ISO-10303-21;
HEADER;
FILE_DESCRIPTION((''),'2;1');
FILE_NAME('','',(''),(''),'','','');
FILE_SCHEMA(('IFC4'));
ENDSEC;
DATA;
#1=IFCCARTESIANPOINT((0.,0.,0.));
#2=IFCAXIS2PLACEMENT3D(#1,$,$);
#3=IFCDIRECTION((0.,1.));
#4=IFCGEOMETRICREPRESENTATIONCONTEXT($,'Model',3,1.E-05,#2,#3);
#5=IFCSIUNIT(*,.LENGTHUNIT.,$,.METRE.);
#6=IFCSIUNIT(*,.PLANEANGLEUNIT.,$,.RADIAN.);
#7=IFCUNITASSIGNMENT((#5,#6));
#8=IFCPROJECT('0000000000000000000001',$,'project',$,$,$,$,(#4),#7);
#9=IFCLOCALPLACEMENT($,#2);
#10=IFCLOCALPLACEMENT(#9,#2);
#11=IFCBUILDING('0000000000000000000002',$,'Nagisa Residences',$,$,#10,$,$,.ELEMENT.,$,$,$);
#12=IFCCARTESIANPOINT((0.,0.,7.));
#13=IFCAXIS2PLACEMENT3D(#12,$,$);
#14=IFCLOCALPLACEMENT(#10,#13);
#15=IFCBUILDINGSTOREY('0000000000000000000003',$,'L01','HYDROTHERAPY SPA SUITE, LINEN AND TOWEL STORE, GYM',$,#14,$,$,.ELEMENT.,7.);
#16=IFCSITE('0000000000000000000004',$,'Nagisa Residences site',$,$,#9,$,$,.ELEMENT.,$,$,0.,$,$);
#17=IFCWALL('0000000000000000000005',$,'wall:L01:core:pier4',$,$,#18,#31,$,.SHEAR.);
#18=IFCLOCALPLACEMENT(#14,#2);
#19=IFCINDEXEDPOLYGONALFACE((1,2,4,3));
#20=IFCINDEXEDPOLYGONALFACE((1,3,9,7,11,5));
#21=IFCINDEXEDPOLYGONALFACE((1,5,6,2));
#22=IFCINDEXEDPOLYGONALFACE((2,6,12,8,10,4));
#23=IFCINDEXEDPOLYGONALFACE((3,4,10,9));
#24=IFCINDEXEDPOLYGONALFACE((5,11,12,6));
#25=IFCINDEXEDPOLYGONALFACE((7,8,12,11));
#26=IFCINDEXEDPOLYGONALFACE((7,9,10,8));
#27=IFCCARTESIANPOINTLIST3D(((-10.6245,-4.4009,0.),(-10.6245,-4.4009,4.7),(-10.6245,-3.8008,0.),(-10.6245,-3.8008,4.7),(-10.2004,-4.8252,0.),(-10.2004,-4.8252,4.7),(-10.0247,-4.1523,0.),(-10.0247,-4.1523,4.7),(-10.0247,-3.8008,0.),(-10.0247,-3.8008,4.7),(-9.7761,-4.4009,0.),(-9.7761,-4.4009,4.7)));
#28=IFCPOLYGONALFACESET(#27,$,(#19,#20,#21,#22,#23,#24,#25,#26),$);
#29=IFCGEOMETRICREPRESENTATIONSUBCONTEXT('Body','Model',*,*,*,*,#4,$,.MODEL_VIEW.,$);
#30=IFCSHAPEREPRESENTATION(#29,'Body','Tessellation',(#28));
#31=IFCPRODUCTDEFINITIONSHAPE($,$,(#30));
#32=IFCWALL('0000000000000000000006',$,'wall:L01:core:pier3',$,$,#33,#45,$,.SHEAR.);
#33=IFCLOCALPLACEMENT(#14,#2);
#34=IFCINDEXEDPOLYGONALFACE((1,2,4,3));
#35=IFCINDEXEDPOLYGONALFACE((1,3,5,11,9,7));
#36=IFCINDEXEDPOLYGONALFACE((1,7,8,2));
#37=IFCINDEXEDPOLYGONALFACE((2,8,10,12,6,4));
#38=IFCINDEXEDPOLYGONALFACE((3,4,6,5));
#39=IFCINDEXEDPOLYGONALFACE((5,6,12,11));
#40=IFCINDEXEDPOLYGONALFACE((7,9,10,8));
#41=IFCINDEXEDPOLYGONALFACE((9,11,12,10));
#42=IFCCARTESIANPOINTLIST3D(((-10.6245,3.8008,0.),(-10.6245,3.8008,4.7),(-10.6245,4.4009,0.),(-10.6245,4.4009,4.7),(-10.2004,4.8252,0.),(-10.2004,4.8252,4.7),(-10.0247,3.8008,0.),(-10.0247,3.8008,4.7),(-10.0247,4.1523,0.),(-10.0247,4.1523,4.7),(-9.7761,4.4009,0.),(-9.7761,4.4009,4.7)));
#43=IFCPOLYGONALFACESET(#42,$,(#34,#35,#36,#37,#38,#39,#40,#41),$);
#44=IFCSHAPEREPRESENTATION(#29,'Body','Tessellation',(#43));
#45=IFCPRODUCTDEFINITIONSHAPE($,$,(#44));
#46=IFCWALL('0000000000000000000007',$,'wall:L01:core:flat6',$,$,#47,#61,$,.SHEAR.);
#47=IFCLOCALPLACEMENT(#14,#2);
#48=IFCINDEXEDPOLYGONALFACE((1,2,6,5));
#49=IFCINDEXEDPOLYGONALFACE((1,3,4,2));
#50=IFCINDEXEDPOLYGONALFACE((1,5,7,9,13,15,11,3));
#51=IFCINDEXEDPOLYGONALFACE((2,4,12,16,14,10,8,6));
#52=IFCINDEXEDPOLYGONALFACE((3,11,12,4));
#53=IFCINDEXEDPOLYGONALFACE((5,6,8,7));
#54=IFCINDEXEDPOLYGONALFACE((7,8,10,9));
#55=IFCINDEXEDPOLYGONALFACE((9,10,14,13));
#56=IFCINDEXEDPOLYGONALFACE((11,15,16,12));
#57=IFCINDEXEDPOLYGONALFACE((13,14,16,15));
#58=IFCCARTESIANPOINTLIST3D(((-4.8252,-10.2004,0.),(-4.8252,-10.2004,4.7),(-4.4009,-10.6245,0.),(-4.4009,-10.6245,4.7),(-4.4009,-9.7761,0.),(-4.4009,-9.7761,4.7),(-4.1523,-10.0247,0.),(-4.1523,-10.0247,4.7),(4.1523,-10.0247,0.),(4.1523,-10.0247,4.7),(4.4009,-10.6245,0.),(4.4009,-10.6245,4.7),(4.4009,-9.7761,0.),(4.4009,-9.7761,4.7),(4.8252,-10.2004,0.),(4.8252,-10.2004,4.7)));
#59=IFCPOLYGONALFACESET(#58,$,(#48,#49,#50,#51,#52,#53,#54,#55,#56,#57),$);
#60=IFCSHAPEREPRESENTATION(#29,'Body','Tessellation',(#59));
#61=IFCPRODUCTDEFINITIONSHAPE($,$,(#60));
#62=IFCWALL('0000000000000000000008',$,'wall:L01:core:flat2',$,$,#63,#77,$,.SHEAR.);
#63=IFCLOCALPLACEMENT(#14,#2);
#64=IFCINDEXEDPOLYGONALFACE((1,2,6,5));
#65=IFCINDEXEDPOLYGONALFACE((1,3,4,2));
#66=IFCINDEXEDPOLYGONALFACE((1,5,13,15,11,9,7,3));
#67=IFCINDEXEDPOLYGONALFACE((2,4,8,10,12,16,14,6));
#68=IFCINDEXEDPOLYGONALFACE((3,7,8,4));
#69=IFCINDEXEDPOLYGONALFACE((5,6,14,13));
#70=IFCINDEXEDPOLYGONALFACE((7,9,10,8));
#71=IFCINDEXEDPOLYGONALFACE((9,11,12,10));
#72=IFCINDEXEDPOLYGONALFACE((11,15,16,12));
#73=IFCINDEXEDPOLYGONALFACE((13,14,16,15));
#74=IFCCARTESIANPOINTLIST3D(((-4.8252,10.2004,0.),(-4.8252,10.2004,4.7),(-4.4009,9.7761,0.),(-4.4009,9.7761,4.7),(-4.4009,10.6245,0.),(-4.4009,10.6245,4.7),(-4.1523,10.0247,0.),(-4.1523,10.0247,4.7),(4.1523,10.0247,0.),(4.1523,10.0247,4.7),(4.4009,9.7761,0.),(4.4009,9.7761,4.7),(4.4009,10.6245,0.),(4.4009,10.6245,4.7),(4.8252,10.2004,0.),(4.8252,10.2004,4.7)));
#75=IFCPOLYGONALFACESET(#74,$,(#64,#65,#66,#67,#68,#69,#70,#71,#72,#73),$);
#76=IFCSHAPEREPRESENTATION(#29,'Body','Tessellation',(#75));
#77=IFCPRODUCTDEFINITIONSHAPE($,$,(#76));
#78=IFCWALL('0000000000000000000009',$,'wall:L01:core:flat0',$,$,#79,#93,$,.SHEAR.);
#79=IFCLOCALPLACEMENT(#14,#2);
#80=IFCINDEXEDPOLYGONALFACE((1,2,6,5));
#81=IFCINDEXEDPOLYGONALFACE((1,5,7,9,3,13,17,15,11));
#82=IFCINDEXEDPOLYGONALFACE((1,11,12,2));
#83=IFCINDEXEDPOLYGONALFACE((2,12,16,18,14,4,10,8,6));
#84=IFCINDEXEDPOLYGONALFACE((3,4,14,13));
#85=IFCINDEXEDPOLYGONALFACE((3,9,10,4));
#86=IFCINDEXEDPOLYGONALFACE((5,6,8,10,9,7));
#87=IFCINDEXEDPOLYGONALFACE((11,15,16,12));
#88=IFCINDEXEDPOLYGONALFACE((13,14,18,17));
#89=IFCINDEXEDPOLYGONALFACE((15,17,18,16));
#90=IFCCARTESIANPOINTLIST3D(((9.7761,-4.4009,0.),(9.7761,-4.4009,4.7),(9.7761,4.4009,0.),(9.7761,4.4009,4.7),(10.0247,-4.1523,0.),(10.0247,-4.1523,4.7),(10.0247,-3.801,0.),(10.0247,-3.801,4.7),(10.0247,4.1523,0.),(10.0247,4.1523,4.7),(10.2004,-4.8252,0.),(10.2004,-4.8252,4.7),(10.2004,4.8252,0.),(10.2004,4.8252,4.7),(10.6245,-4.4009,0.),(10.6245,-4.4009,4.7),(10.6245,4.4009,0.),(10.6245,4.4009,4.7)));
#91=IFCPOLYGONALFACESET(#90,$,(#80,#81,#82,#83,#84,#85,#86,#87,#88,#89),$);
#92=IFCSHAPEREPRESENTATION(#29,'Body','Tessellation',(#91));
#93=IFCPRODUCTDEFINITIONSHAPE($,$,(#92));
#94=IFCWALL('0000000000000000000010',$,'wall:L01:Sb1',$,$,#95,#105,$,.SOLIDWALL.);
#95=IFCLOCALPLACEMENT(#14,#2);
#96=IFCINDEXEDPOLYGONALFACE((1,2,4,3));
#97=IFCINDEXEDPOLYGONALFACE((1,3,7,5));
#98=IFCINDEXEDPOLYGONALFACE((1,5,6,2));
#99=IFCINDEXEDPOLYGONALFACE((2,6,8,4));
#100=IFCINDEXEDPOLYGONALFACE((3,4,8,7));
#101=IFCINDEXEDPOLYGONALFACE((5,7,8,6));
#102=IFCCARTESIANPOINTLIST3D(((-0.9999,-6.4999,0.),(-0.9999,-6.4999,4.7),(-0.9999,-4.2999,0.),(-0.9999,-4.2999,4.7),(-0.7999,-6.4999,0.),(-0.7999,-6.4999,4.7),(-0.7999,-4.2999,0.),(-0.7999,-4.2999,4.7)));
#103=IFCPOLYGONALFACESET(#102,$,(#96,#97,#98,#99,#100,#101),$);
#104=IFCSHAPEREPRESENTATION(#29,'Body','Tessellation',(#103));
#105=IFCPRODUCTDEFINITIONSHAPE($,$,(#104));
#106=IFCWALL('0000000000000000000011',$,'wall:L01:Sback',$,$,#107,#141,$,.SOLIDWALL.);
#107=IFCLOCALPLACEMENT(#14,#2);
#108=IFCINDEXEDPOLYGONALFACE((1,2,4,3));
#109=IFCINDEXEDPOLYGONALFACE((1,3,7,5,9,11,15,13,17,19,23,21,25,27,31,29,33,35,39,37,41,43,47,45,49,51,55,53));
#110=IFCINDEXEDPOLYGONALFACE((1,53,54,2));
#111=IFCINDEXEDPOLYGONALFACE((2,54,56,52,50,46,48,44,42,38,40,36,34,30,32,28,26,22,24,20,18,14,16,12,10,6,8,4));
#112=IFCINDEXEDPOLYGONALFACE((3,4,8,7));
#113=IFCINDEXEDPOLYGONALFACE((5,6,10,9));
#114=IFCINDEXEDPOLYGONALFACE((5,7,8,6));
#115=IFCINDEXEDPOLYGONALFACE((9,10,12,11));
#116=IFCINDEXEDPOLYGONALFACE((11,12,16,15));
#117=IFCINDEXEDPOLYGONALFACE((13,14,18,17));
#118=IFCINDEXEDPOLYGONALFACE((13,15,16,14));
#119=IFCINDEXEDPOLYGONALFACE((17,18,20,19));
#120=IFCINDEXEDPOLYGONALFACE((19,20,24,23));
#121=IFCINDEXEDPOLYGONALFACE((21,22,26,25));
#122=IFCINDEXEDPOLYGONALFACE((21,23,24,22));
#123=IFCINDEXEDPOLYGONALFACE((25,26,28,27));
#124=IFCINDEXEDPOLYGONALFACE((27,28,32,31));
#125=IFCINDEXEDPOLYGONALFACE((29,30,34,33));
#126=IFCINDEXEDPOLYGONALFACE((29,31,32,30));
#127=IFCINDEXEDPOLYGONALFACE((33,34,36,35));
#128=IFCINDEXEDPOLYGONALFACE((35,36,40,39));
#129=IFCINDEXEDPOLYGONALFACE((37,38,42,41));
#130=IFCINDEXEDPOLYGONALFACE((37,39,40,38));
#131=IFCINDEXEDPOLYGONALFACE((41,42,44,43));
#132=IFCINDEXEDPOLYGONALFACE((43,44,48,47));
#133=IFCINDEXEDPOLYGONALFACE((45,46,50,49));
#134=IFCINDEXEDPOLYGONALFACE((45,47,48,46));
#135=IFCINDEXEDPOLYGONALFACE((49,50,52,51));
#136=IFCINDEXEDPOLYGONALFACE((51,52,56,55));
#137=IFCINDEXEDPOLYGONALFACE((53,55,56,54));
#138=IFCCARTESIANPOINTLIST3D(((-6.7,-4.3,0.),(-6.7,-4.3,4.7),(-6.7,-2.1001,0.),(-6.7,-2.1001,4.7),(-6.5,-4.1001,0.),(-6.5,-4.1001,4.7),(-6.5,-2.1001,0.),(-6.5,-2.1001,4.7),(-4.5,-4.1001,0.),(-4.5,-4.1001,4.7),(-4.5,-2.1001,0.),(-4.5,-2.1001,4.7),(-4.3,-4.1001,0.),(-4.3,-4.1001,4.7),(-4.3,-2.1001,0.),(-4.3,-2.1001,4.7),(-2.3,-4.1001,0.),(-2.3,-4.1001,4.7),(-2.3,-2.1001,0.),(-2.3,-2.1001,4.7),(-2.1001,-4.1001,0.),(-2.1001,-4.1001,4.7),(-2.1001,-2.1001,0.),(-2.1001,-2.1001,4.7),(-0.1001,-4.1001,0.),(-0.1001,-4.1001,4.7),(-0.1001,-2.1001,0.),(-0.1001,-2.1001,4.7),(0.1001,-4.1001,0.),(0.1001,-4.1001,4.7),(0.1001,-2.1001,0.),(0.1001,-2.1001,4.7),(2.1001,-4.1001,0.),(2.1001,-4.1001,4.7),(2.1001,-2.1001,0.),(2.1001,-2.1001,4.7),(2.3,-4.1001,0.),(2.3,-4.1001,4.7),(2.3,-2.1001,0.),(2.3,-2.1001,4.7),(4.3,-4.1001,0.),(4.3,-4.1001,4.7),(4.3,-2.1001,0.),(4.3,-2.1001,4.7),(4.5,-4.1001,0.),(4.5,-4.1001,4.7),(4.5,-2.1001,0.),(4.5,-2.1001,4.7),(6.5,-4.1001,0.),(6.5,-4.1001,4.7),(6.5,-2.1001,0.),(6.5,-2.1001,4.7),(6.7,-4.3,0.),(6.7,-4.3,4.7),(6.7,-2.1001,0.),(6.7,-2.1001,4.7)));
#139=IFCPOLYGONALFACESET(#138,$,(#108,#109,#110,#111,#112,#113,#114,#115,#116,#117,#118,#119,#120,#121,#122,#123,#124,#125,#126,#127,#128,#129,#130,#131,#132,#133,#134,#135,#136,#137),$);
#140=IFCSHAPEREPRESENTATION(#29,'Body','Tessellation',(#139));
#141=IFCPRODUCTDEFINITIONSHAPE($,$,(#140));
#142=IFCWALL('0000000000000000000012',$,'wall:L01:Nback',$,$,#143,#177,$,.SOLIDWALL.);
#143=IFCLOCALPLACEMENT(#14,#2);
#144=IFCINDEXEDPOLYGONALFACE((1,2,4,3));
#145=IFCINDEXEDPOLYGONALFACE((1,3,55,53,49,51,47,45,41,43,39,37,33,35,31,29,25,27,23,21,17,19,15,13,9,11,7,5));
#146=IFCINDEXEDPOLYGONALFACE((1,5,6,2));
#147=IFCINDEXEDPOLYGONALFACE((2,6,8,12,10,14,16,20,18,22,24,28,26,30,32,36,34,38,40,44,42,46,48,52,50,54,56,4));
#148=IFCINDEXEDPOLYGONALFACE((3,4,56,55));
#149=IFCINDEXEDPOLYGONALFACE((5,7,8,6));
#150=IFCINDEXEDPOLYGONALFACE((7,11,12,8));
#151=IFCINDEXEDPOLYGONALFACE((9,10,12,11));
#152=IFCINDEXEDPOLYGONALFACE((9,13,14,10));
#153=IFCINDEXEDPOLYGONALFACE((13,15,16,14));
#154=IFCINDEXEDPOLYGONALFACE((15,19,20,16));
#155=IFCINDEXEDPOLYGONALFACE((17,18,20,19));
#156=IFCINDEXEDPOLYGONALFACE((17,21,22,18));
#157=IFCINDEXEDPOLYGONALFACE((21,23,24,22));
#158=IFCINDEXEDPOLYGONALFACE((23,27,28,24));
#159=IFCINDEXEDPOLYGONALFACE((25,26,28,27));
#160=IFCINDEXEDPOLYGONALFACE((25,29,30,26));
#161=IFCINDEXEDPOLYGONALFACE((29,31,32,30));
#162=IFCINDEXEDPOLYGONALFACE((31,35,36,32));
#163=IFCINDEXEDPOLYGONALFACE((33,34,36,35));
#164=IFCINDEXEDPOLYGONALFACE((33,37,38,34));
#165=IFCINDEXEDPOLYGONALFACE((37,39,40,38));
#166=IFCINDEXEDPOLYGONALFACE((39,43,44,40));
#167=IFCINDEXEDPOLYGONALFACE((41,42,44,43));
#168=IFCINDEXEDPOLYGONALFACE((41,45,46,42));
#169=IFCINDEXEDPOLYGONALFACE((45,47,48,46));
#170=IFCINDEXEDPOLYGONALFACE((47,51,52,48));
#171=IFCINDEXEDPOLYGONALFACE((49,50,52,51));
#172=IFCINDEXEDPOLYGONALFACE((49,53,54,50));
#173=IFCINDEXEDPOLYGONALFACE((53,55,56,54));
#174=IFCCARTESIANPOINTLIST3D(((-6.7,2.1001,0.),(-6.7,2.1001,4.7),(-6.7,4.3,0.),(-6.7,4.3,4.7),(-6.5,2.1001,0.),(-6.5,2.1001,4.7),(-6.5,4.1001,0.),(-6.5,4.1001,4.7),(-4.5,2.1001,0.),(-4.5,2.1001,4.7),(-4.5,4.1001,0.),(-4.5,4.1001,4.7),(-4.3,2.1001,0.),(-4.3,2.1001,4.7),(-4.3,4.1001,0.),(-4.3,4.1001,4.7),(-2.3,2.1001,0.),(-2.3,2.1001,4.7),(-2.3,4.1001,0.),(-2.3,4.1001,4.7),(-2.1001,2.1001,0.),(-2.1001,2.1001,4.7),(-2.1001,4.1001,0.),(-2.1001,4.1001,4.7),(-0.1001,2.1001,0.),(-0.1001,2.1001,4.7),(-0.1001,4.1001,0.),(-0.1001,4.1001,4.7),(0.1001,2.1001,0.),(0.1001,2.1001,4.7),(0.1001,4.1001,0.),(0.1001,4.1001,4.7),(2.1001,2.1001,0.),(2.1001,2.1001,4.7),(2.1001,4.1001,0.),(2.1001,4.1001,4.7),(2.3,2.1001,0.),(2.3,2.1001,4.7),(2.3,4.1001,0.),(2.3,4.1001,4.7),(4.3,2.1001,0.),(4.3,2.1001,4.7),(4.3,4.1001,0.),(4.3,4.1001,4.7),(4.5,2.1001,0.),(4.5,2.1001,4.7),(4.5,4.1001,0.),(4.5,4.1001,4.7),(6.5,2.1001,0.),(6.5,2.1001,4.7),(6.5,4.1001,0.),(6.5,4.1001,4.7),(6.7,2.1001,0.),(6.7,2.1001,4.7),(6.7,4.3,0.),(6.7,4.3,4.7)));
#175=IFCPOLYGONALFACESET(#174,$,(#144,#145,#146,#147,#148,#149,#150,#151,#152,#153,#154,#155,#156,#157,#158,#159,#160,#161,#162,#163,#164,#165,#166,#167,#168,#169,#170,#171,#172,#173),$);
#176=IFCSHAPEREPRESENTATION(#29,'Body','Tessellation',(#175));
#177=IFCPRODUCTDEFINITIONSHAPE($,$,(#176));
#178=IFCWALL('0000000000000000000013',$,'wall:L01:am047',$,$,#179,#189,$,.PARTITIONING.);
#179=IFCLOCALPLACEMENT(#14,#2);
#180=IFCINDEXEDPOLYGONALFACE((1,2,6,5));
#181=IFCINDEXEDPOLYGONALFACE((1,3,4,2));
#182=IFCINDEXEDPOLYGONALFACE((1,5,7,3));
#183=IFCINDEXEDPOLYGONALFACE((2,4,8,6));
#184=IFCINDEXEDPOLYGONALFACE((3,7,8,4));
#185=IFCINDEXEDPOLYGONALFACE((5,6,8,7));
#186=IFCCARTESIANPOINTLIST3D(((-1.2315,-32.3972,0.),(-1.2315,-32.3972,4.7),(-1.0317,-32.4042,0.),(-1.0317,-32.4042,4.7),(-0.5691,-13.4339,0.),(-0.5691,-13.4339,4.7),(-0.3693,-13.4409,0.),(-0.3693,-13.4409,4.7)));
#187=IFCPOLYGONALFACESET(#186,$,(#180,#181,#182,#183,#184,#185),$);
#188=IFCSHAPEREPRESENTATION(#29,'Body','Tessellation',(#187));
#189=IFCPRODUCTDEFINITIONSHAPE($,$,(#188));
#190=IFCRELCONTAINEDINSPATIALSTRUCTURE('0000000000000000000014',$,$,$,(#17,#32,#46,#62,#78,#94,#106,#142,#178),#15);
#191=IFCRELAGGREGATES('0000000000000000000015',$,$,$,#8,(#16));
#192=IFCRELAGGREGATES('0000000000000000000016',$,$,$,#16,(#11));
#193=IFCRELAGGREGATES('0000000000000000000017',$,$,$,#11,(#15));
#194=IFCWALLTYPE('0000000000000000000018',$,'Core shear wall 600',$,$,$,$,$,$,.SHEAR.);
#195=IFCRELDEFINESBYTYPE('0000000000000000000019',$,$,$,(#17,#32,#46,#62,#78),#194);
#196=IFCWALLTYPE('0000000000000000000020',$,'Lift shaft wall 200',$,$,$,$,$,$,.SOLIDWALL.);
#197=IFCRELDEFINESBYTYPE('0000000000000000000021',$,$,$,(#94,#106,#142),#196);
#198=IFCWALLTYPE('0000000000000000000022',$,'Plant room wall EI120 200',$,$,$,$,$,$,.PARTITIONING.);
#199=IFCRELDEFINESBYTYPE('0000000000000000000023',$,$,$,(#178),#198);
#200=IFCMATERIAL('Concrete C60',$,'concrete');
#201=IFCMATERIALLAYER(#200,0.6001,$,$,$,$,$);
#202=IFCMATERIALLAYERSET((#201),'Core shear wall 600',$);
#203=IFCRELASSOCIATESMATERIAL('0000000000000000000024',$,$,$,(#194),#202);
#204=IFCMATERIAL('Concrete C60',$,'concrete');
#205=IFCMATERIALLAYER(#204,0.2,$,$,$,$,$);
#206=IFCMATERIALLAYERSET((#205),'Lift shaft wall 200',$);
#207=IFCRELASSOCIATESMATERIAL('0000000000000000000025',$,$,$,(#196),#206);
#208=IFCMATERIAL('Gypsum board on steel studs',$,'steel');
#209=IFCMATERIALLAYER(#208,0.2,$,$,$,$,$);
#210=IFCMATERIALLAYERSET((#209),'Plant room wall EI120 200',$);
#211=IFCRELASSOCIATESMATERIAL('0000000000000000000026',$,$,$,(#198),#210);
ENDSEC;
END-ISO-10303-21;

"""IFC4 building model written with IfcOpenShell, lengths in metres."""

from ifc_helpers import new_model, si_unit, direction, frame, frame_2d, origin, place, context, subcontext, project, spatial, polyline, rectangle, outline, extrude, material, layer, layer_set, type_object, element, save


model = new_model("IFC4")

# Units and contexts
model_context = context("Model", 3, precision=1e-05, world=origin(), true_north=direction((0.0, 1.0)))
body_context = subcontext(model_context, "Body", "Model", "MODEL_VIEW")
ifc_project = project(units=[si_unit("LENGTHUNIT", "METRE"), si_unit("PLANEANGLEUNIT", "RADIAN")], contexts=[model_context])

# Site, building, storey
site_placement = place(None, origin())
site = spatial("IfcSite", under=ifc_project, at=site_placement, Name="Nagisa Residences site", CompositionType="ELEMENT", RefElevation=0.0)
building_placement = place(site_placement, origin())
building = spatial("IfcBuilding", under=site, at=building_placement, Name="Nagisa Residences", CompositionType="ELEMENT")
storey_placement = place(building_placement, frame((0.0, 0.0, 7.0)))
storey = spatial("IfcBuildingStorey", under=building, at=storey_placement, Name="L01", Description="HYDROTHERAPY SPA SUITE, LINEN AND TOWEL STORE, GYM", CompositionType="ELEMENT", Elevation=7.0)

# Walls
ifc_material_1 = material(Name="Concrete C60", Category="concrete")
ifc_layer_1 = layer(ifc_material_1, 0.6001)
ifc_layer_set_1 = layer_set([ifc_layer_1], Name="Core shear wall 600")
wall_type_1 = type_object("IfcWallType", Name="Core shear wall 600", PredefinedType="SHEAR", material=ifc_layer_set_1)
wall_1_placement = place(storey_placement, origin())
element("IfcWall", 1, at=wall_1_placement, inside=storey, type_object=wall_type_1, Name="wall:L01:core:pier4", PredefinedType="SHEAR", context=body_context, shape_type="SweptSolid", body=[
    extrude(outline(polyline([(-10.6245, -3.8008), (-10.0247, -3.8008), (-10.0247, -4.1523), (-9.7761, -4.4009), (-10.2004, -4.8252), (-10.6245, -4.4009), (-10.6245, -3.8008)])), origin(), (0.0, 0.0, 1.0), 4.7),
])
wall_2_placement = place(storey_placement, origin())
element("IfcWall", 2, at=wall_2_placement, inside=storey, type_object=wall_type_1, Name="wall:L01:core:pier3", PredefinedType="SHEAR", context=body_context, shape_type="SweptSolid", body=[
    extrude(outline(polyline([(-10.2004, 4.8252), (-9.7761, 4.4009), (-10.0247, 4.1523), (-10.0247, 3.8008), (-10.6245, 3.8008), (-10.6245, 4.4009), (-10.2004, 4.8252)])), origin(), (0.0, 0.0, 1.0), 4.7),
])
wall_3_placement = place(storey_placement, origin())
element("IfcWall", 3, at=wall_3_placement, inside=storey, type_object=wall_type_1, Name="wall:L01:core:flat6", PredefinedType="SHEAR", context=body_context, shape_type="SweptSolid", body=[
    extrude(outline(polyline([(-4.1523, -10.0247), (4.1523, -10.0247), (4.4009, -9.7761), (4.8252, -10.2004), (4.4009, -10.6245), (-4.4009, -10.6245), (-4.8252, -10.2004), (-4.4009, -9.7761), (-4.1523, -10.0247)])), origin(), (0.0, 0.0, 1.0), 4.7),
])
wall_4_placement = place(storey_placement, origin())
element("IfcWall", 4, at=wall_4_placement, inside=storey, type_object=wall_type_1, Name="wall:L01:core:flat2", PredefinedType="SHEAR", context=body_context, shape_type="SweptSolid", body=[
    extrude(outline(polyline([(-4.1523, 10.0247), (-4.4009, 9.7761), (-4.8252, 10.2004), (-4.4009, 10.6245), (4.4009, 10.6245), (4.8252, 10.2004), (4.4009, 9.7761), (4.1523, 10.0247), (-4.1523, 10.0247)])), origin(), (0.0, 0.0, 1.0), 4.7),
])
wall_5_placement = place(storey_placement, origin())
element("IfcWall", 5, at=wall_5_placement, inside=storey, type_object=wall_type_1, Name="wall:L01:core:flat0", PredefinedType="SHEAR", context=body_context, shape_type="SweptSolid", body=[
    extrude(outline(polyline([(9.7761, -4.4009), (10.0247, -4.1523), (10.0247, -3.801), (10.0247, 4.1523), (9.7761, 4.4009), (10.2004, 4.8252), (10.6245, 4.4009), (10.6245, -4.4009), (10.2004, -4.8252), (9.7761, -4.4009)])), origin(), (0.0, 0.0, 1.0), 4.7),
])
ifc_material_2 = material(Name="Concrete C60", Category="concrete")
ifc_layer_2 = layer(ifc_material_2, 0.2)
ifc_layer_set_2 = layer_set([ifc_layer_2], Name="Lift shaft wall 200")
wall_type_2 = type_object("IfcWallType", Name="Lift shaft wall 200", PredefinedType="SOLIDWALL", material=ifc_layer_set_2)
wall_6_placement = place(storey_placement, frame((-0.8999, -6.5, 0.0), z_axis=(0.0, 0.0, 1.0), x_axis=(0.0, 1.0, 0.0)))
element("IfcWall", 6, at=wall_6_placement, inside=storey, type_object=wall_type_2, Name="wall:L01:Sb1", PredefinedType="SOLIDWALL", context=body_context, shape_type="SweptSolid", body=[
    extrude(rectangle(XDim=2.2, YDim=0.2, at=frame_2d((1.1001, 0.0))), origin(), (0.0, 0.0, 1.0), 4.7),
])
wall_7_placement = place(storey_placement, origin())
element("IfcWall", 7, at=wall_7_placement, inside=storey, type_object=wall_type_2, Name="wall:L01:Sback", PredefinedType="SOLIDWALL", context=body_context, shape_type="SweptSolid", body=[
    extrude(outline(polyline([(-6.7, -2.1001), (-6.5, -2.1001), (-6.5, -4.1001), (-4.5, -4.1001), (-4.5, -2.1001), (-4.3, -2.1001), (-4.3, -4.1001), (-2.3, -4.1001), (-2.3, -2.1001), (-2.1001, -2.1001), (-2.1001, -4.1001), (-0.1001, -4.1001), (-0.1001, -2.1001), (0.1001, -2.1001), (0.1001, -4.1001), (2.1001, -4.1001), (2.1001, -2.1001), (2.3, -2.1001), (2.3, -4.1001), (4.3, -4.1001), (4.3, -2.1001), (4.5, -2.1001), (4.5, -4.1001), (6.5, -4.1001), (6.5, -2.1001), (6.7, -2.1001), (6.7, -4.3), (-6.7, -4.3), (-6.7, -2.1001)])), origin(), (0.0, 0.0, 1.0), 4.7),
])
wall_8_placement = place(storey_placement, origin())
element("IfcWall", 8, at=wall_8_placement, inside=storey, type_object=wall_type_2, Name="wall:L01:Nback", PredefinedType="SOLIDWALL", context=body_context, shape_type="SweptSolid", body=[
    extrude(outline(polyline([(-6.5, 2.1001), (-6.7, 2.1001), (-6.7, 4.3), (6.7, 4.3), (6.7, 2.1001), (6.5, 2.1001), (6.5, 4.1001), (4.5, 4.1001), (4.5, 2.1001), (4.3, 2.1001), (4.3, 4.1001), (2.3, 4.1001), (2.3, 2.1001), (2.1001, 2.1001), (2.1001, 4.1001), (0.1001, 4.1001), (0.1001, 2.1001), (-0.1001, 2.1001), (-0.1001, 4.1001), (-2.1001, 4.1001), (-2.1001, 2.1001), (-2.3, 2.1001), (-2.3, 4.1001), (-4.3, 4.1001), (-4.3, 2.1001), (-4.5, 2.1001), (-4.5, 4.1001), (-6.5, 4.1001), (-6.5, 2.1001)])), origin(), (0.0, 0.0, 1.0), 4.7),
])
ifc_material_3 = material(Name="Gypsum board on steel studs", Category="steel")
ifc_layer_3 = layer(ifc_material_3, 0.2)
ifc_layer_set_3 = layer_set([ifc_layer_3], Name="Plant room wall EI120 200")
wall_type_3 = type_object("IfcWallType", Name="Plant room wall EI120 200", PredefinedType="PARTITIONING", material=ifc_layer_set_3)
wall_9_placement = place(storey_placement, frame((-0.4692, -13.4375, 0.0), z_axis=(0.0, 0.0, 1.0), x_axis=(-0.034907, -0.999391, 0.0)))
element("IfcWall", 9, at=wall_9_placement, inside=storey, type_object=wall_type_3, Name="wall:L01:am047", PredefinedType="PARTITIONING", context=body_context, shape_type="SweptSolid", body=[
    extrude(rectangle(XDim=18.9749, YDim=0.2, at=frame_2d((9.4873, 0.0))), origin(), (0.0, 0.0, 1.0), 4.7),
])

save(model, "model.ifc")
